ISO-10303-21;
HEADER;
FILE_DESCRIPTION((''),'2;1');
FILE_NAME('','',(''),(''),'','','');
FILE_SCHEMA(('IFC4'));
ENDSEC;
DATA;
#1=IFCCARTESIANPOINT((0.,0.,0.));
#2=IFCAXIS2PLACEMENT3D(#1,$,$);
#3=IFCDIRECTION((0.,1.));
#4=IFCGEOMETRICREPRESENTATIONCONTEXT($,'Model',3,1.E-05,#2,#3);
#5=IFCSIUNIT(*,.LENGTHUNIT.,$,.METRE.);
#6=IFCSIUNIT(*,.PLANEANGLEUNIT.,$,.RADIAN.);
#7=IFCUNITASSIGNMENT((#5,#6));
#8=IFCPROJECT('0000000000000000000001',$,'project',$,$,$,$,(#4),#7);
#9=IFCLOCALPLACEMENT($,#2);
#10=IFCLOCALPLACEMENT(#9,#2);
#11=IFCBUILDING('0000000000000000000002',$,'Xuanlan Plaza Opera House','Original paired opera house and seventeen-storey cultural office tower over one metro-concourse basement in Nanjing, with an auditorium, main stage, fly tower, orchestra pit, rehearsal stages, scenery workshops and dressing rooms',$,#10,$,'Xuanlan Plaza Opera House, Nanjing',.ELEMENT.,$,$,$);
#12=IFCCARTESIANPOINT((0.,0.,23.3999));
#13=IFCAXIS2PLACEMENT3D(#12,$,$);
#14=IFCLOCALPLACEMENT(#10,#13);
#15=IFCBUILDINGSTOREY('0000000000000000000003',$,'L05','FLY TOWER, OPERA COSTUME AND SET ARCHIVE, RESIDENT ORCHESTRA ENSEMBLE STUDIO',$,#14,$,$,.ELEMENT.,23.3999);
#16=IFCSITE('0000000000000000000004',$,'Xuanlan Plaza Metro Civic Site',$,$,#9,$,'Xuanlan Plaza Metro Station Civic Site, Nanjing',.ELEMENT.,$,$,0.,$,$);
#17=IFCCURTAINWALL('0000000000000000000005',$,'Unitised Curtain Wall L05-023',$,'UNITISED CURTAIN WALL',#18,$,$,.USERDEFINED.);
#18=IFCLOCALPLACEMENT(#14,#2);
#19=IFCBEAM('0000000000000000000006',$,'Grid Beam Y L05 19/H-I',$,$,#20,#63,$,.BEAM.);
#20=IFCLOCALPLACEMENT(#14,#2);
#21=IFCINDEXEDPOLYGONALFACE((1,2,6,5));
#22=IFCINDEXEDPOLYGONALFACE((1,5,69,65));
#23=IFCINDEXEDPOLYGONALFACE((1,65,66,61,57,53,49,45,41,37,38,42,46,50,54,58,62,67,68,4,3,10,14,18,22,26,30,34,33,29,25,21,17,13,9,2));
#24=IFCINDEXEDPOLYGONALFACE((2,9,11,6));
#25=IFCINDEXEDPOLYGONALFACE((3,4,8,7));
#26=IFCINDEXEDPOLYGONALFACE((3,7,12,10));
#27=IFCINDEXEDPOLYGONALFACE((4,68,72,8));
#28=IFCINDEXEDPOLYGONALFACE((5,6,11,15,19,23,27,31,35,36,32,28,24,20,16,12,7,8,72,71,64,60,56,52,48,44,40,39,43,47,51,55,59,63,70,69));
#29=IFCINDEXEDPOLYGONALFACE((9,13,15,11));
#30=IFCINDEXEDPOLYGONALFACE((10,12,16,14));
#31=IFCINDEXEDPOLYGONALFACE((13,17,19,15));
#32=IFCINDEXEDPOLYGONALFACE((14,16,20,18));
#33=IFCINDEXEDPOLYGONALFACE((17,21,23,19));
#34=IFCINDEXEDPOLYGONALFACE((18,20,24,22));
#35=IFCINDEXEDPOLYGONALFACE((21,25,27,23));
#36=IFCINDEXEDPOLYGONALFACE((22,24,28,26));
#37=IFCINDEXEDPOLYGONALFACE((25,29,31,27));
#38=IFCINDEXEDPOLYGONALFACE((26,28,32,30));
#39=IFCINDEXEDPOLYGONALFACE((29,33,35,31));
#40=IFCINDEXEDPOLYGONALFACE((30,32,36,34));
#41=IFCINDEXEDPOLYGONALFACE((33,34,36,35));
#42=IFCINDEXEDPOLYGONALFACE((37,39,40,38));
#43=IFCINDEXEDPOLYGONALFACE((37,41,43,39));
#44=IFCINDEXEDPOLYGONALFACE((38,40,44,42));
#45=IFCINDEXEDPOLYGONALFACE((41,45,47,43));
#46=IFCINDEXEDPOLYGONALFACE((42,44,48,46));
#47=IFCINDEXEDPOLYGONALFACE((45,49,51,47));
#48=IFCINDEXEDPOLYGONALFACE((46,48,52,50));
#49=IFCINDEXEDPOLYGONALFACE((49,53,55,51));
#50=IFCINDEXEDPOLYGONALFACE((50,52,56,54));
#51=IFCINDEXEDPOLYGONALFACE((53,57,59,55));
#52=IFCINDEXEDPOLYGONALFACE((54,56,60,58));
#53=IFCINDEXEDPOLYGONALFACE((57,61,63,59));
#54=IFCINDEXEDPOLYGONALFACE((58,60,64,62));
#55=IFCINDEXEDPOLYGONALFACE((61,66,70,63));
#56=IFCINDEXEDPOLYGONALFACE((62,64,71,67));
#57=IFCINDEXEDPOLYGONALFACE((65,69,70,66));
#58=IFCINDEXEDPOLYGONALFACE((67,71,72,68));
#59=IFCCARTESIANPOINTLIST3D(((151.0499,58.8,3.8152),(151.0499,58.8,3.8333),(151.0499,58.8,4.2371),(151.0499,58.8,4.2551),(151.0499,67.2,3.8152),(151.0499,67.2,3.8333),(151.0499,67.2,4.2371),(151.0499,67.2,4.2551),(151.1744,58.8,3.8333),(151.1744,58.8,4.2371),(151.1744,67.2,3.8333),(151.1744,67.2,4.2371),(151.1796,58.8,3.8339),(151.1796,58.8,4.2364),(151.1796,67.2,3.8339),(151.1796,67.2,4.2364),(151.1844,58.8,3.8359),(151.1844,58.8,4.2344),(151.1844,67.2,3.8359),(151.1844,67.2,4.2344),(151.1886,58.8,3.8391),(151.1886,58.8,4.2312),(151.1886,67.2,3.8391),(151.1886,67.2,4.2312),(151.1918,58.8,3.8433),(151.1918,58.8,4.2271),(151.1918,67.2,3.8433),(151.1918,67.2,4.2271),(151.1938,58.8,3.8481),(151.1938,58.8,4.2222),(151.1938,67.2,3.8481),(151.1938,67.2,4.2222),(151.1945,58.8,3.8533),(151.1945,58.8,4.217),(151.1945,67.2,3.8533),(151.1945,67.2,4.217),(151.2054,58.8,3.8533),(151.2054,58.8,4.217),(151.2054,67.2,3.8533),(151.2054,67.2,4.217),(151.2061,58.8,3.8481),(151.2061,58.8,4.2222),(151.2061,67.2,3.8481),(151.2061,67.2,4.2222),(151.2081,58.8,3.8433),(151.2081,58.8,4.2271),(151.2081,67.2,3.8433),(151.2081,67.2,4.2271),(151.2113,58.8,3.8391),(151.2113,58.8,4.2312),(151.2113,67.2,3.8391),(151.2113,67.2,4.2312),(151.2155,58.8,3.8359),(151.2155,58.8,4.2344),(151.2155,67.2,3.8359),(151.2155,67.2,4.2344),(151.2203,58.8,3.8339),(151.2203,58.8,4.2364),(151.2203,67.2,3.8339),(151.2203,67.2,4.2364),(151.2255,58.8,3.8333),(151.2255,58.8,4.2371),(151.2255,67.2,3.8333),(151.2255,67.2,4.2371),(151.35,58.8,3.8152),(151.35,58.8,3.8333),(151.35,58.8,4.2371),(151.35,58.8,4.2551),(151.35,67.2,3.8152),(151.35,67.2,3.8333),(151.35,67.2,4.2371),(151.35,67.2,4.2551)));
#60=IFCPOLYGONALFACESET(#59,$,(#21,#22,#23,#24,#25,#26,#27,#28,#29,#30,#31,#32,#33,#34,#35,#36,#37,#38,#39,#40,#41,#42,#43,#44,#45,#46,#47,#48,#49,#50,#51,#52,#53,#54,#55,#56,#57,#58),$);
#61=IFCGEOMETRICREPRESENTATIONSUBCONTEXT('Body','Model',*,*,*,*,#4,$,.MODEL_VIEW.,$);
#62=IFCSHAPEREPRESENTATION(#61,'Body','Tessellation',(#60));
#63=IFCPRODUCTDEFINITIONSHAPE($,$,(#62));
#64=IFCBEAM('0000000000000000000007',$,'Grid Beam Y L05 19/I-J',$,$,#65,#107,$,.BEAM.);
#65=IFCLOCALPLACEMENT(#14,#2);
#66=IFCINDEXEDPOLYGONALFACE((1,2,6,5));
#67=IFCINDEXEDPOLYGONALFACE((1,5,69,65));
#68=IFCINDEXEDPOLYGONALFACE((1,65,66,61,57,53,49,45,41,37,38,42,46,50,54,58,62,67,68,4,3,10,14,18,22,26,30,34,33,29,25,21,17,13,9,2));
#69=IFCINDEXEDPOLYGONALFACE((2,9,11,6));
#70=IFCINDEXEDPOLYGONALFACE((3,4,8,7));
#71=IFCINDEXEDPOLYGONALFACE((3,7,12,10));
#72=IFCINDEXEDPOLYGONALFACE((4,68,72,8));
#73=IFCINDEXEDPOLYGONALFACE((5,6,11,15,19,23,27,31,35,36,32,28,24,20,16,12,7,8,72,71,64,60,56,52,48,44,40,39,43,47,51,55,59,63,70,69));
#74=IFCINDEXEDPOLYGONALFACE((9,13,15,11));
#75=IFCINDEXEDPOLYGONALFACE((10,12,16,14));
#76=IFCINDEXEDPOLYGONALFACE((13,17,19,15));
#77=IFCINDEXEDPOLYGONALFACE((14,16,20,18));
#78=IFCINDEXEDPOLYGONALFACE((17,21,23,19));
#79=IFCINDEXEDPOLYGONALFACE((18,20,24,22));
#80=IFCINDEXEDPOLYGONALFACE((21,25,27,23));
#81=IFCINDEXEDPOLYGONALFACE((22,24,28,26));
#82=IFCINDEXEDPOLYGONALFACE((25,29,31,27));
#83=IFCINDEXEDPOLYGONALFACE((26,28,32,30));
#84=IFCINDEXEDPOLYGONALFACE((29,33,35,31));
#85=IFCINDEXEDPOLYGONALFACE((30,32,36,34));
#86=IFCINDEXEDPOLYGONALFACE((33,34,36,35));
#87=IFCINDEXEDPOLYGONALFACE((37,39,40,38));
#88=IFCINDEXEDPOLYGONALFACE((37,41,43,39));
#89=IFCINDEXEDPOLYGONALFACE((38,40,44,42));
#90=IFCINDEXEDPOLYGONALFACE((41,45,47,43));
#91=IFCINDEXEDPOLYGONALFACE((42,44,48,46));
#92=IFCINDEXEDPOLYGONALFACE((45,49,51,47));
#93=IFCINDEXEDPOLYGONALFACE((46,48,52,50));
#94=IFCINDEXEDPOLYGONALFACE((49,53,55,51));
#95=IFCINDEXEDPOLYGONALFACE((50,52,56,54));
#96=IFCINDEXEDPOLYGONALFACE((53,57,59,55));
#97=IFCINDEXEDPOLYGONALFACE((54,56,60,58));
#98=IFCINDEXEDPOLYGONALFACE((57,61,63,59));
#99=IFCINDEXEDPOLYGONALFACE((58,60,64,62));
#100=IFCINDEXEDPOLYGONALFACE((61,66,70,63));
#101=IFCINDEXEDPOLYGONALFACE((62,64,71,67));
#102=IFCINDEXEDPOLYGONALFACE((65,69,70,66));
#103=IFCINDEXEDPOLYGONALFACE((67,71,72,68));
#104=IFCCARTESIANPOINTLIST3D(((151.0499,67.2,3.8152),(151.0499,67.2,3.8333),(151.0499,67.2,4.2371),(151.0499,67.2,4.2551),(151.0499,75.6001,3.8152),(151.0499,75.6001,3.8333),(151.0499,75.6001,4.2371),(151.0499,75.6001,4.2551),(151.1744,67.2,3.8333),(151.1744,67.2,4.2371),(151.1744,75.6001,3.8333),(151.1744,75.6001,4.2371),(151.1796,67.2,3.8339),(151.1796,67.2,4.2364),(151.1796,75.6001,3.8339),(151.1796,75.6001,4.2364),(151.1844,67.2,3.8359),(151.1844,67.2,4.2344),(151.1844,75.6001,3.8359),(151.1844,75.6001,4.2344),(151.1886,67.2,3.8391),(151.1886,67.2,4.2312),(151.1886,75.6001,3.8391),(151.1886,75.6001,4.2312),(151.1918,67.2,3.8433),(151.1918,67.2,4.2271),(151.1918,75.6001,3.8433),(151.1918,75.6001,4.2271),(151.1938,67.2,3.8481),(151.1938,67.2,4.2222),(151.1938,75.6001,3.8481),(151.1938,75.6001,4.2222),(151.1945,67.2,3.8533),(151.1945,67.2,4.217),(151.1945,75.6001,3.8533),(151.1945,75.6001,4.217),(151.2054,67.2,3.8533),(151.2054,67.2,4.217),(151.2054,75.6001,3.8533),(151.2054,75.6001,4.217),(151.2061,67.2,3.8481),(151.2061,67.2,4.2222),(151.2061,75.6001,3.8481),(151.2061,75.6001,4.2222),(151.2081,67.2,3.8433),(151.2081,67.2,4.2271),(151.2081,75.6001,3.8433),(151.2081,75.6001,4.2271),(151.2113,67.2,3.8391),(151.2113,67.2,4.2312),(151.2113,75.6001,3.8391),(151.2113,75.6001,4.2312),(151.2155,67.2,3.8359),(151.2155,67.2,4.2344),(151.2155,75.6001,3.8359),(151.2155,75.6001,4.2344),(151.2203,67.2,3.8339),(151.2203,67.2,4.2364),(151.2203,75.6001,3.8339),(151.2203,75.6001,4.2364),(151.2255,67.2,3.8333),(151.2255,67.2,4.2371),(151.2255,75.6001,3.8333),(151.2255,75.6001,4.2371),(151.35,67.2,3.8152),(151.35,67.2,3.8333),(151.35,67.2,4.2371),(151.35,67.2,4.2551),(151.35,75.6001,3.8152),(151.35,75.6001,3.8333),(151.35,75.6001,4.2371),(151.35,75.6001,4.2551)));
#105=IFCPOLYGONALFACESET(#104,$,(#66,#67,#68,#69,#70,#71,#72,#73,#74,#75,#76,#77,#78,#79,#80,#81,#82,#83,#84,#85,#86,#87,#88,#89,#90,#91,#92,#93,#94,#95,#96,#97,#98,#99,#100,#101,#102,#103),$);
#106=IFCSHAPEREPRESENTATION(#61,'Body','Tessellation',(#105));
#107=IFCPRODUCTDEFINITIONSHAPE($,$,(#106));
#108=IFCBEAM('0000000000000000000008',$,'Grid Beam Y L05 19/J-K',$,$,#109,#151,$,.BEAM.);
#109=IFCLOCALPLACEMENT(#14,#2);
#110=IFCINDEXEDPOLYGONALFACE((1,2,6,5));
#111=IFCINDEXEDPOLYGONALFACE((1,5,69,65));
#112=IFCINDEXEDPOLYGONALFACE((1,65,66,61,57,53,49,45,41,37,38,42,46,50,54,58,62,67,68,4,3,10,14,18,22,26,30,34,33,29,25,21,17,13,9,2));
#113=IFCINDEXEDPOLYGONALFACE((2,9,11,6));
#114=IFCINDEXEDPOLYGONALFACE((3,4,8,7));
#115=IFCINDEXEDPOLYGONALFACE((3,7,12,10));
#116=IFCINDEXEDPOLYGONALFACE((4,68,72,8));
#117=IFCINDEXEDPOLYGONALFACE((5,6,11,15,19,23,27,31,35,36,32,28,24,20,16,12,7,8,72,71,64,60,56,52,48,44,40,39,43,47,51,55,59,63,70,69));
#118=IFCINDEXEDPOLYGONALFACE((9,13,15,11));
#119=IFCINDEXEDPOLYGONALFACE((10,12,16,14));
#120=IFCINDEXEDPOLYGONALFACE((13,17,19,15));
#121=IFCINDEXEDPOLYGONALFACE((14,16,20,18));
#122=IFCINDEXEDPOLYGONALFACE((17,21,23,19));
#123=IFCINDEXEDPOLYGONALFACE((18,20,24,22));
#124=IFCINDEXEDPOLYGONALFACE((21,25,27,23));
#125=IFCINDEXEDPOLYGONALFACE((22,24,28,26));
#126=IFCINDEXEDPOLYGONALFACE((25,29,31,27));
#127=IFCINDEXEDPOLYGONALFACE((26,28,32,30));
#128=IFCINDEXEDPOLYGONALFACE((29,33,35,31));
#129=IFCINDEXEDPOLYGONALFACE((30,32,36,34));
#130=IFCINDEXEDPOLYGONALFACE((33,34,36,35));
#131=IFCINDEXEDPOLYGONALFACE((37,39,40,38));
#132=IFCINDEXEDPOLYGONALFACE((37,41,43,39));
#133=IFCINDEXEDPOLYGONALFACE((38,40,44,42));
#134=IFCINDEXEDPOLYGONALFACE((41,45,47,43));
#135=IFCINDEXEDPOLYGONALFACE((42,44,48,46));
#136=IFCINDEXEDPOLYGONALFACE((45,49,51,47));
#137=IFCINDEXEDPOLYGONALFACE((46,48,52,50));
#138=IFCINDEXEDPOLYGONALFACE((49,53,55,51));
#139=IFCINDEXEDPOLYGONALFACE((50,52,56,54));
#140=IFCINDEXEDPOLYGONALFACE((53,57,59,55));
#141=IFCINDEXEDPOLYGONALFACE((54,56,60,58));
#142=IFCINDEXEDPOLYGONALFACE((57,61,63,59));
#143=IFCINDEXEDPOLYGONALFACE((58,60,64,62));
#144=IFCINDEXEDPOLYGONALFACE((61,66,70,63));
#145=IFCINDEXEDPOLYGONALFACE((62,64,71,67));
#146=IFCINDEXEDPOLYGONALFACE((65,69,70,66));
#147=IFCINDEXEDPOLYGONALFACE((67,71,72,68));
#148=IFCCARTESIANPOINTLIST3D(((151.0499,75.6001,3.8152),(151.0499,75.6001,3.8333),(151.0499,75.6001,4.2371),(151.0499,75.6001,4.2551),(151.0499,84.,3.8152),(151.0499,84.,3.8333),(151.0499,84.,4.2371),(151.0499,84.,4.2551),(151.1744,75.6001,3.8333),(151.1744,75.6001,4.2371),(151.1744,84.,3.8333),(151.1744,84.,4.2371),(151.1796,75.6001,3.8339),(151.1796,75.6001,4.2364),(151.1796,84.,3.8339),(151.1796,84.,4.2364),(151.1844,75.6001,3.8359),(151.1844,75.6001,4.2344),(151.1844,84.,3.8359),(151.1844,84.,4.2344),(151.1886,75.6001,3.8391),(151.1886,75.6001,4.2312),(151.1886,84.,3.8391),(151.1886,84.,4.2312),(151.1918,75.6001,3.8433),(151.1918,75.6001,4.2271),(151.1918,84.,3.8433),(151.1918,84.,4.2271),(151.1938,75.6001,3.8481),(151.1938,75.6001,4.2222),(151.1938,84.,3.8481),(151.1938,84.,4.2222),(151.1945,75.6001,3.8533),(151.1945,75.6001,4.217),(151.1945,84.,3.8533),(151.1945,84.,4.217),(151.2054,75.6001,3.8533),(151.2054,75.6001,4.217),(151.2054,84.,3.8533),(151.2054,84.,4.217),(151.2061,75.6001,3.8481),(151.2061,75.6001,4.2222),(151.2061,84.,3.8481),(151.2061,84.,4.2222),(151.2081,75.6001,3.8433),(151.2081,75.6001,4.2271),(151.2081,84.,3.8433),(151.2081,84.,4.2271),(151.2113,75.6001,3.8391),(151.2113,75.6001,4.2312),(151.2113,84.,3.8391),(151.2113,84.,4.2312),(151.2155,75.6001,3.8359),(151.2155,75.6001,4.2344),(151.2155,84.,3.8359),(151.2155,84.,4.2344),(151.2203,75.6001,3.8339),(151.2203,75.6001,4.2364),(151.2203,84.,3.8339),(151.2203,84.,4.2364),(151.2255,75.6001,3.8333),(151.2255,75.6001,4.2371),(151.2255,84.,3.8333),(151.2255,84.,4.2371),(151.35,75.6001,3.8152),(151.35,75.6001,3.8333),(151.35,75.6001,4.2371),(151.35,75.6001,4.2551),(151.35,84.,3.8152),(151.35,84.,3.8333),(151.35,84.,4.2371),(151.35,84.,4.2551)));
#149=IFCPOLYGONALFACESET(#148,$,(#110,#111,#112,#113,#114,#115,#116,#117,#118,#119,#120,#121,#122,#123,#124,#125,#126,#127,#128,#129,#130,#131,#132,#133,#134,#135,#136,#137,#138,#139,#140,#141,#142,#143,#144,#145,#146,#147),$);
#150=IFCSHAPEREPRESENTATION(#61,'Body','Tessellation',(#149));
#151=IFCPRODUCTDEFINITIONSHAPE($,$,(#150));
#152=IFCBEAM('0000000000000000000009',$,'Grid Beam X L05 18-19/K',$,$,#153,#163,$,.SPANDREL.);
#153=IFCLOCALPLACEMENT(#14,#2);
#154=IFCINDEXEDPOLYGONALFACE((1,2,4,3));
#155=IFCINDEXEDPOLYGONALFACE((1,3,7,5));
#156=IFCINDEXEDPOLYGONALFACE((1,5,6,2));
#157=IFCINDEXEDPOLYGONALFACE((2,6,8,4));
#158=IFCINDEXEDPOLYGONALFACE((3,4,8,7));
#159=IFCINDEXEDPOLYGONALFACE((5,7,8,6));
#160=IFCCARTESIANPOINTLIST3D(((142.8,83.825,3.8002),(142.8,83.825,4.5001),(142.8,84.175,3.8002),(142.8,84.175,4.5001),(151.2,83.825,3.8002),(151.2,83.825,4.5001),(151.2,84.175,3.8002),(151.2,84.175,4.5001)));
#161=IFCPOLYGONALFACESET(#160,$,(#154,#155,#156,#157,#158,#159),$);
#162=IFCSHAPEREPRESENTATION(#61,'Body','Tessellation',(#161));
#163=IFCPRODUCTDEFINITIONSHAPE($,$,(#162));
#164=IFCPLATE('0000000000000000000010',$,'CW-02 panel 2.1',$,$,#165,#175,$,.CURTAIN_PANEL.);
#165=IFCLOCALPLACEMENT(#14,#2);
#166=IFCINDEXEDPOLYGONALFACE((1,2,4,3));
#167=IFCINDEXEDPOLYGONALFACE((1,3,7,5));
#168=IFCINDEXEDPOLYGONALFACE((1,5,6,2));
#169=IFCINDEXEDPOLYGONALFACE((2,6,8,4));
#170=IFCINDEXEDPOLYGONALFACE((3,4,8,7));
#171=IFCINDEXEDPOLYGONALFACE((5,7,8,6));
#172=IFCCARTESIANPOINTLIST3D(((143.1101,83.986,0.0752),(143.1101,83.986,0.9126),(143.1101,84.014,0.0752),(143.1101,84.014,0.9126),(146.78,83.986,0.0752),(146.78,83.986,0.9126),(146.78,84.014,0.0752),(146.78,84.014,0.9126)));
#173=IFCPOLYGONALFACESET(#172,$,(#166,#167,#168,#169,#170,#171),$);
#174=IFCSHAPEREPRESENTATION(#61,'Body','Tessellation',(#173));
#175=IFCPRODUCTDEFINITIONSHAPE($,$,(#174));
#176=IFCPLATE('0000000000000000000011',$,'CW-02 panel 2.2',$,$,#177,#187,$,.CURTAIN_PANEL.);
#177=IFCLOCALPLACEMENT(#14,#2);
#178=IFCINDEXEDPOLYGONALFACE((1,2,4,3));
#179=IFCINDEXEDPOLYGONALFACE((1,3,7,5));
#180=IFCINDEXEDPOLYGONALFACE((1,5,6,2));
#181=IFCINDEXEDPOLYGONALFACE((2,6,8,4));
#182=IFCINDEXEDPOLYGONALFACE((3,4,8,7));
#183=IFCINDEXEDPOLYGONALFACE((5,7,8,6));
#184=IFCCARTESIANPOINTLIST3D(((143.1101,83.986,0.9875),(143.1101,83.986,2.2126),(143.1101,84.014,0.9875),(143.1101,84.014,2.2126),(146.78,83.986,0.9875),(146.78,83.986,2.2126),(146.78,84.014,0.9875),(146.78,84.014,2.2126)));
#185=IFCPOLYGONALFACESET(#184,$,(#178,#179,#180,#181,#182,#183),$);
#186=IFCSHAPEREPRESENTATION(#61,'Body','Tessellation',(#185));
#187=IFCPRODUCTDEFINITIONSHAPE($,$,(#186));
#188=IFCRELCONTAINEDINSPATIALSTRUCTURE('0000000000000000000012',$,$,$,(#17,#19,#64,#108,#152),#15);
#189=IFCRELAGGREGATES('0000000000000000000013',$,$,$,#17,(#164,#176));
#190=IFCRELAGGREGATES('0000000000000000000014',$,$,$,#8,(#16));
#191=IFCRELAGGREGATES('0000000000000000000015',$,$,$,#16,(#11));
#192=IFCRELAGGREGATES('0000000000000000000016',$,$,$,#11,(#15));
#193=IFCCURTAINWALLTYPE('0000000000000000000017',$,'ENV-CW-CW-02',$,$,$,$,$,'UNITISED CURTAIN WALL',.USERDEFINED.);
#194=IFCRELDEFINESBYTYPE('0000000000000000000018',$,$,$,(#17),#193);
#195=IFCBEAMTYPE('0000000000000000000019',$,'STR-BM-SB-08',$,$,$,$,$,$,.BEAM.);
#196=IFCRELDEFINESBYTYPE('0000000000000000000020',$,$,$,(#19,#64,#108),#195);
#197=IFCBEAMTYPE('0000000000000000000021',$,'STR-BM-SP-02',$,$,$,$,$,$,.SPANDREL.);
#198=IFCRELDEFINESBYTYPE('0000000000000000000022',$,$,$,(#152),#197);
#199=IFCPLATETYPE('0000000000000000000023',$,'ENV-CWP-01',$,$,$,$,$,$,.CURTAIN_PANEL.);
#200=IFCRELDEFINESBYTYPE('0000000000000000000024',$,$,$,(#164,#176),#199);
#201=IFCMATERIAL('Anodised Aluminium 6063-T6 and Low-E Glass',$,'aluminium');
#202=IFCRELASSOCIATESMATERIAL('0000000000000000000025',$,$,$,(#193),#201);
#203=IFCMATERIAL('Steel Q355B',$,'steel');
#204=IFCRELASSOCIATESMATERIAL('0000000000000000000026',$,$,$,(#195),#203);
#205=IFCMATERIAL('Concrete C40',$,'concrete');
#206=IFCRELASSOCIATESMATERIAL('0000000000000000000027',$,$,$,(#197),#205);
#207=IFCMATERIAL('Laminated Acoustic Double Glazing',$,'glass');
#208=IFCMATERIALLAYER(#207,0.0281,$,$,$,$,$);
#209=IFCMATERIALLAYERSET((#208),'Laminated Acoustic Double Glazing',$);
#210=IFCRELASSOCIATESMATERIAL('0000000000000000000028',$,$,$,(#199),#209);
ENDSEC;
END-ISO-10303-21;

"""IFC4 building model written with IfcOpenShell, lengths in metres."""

from ifc_helpers import new_model, si_unit, direction, frame, origin, origin_2d, place, context, subcontext, project, spatial, rectangle, i_section, extrude, material, layer, layer_set, material_profile, profile_set, type_object, element, aggregate, save


model = new_model("IFC4")

# Units and contexts
model_context = context("Model", 3, precision=1e-05, world=origin(), true_north=direction((0.0, 1.0)))
body_context = subcontext(model_context, "Body", "Model", "MODEL_VIEW")
ifc_project = project(units=[si_unit("LENGTHUNIT", "METRE"), si_unit("PLANEANGLEUNIT", "RADIAN")], contexts=[model_context])

# Site, building, storey
site_placement = place(None, origin())
site = spatial("IfcSite", under=ifc_project, at=site_placement, Name="Xuanlan Plaza Metro Civic Site", LongName="Xuanlan Plaza Metro Station Civic Site, Nanjing", CompositionType="ELEMENT", RefElevation=0.0)
building_placement = place(site_placement, origin())
building = spatial("IfcBuilding", under=site, at=building_placement, Name="Xuanlan Plaza Opera House", Description="Original paired opera house and seventeen-storey cultural office tower over one metro-concourse basement in Nanjing, with an auditorium, main stage, fly tower, orchestra pit, rehearsal stages, scenery workshops and dressing rooms", LongName="Xuanlan Plaza Opera House, Nanjing", CompositionType="ELEMENT")
storey_placement = place(building_placement, frame((0.0, 0.0, 23.3999)))
storey = spatial("IfcBuildingStorey", under=building, at=storey_placement, Name="L05", Description="FLY TOWER, OPERA COSTUME AND SET ARCHIVE, RESIDENT ORCHESTRA ENSEMBLE STUDIO", CompositionType="ELEMENT", Elevation=23.3999)

# Shared definitions
ifc_material_1 = material(Name="Steel Q355B", Category="steel")

# Curtain wall
ifc_material_2 = material(Name="Anodised Aluminium 6063-T6 and Low-E Glass", Category="aluminium")
curtain_wall_type = type_object("IfcCurtainWallType", Name="ENV-CW-CW-02", ElementType="UNITISED CURTAIN WALL", PredefinedType="USERDEFINED", material=ifc_material_2)
curtain_wall_placement = place(storey_placement, origin())
curtain_wall = element("IfcCurtainWall", 1, at=curtain_wall_placement, inside=storey, type_object=curtain_wall_type, Name="Unitised Curtain Wall L05-023", ObjectType="UNITISED CURTAIN WALL", PredefinedType="USERDEFINED")

# Beams
ifc_material_3 = material(Name="Concrete C40", Category="concrete")
ifc_material_profile_1 = material_profile(ifc_material_1, i_section(OverallWidth=0.3, OverallDepth=0.4399, WebThickness=0.011, FlangeThickness=0.0181, FilletRadius=0.02, at=origin_2d()), Name="HM 440x300x11x18")
ifc_profile_set_1 = profile_set([ifc_material_profile_1], Name="Steel Q355B")
beam_type_1 = type_object("IfcBeamType", Name="STR-BM-SB-08", PredefinedType="BEAM", material=ifc_profile_set_1)
beam_1_placement = place(storey_placement, frame((151.2, 58.8, 4.0352), z_axis=(0.0, 1.0, 0.0), x_axis=(-1.0, 0.0, 0.0)))
element("IfcBeam", 2, at=beam_1_placement, inside=storey, type_object=beam_type_1, Name="Grid Beam Y L05 19/H-I", PredefinedType="BEAM", context=body_context, shape_type="SweptSolid", body=[
    extrude(i_section(OverallWidth=0.3, OverallDepth=0.4399, WebThickness=0.011, FlangeThickness=0.0181, FilletRadius=0.02, at=origin_2d()), origin(), (0.0, 0.0, 1.0), 8.3999),
])
beam_2_placement = place(storey_placement, frame((151.2, 67.2, 4.0352), z_axis=(0.0, 1.0, 0.0), x_axis=(-1.0, 0.0, 0.0)))
element("IfcBeam", 3, at=beam_2_placement, inside=storey, type_object=beam_type_1, Name="Grid Beam Y L05 19/I-J", PredefinedType="BEAM", context=body_context, shape_type="SweptSolid", body=[
    extrude(i_section(OverallWidth=0.3, OverallDepth=0.4399, WebThickness=0.011, FlangeThickness=0.0181, FilletRadius=0.02, at=origin_2d()), origin(), (0.0, 0.0, 1.0), 8.4001),
])
beam_3_placement = place(storey_placement, frame((151.2, 75.6001, 4.0352), z_axis=(0.0, 1.0, 0.0), x_axis=(-1.0, 0.0, 0.0)))
element("IfcBeam", 4, at=beam_3_placement, inside=storey, type_object=beam_type_1, Name="Grid Beam Y L05 19/J-K", PredefinedType="BEAM", context=body_context, shape_type="SweptSolid", body=[
    extrude(i_section(OverallWidth=0.3, OverallDepth=0.4399, WebThickness=0.011, FlangeThickness=0.0181, FilletRadius=0.02, at=origin_2d()), origin(), (0.0, 0.0, 1.0), 8.3999),
])
ifc_material_profile_2 = material_profile(ifc_material_3, rectangle(XDim=0.3501, YDim=0.7, at=origin_2d()), Name="RC-SPD 350x700")
ifc_profile_set_2 = profile_set([ifc_material_profile_2], Name="Concrete C40")
beam_type_2 = type_object("IfcBeamType", Name="STR-BM-SP-02", PredefinedType="SPANDREL", material=ifc_profile_set_2)
beam_4_placement = place(storey_placement, frame((142.8, 84.0, 4.1501), z_axis=(1.0, 0.0, 0.0), x_axis=(0.0, 1.0, 0.0)))
element("IfcBeam", 5, at=beam_4_placement, inside=storey, type_object=beam_type_2, Name="Grid Beam X L05 18-19/K", PredefinedType="SPANDREL", context=body_context, shape_type="SweptSolid", body=[
    extrude(rectangle(XDim=0.3501, YDim=0.7, at=origin_2d()), origin(), (0.0, 0.0, 1.0), 8.3999),
])

# Plates
ifc_material_4 = material(Name="Laminated Acoustic Double Glazing", Category="glass")
ifc_layer_1 = layer(ifc_material_4, 0.0281)
ifc_layer_set_1 = layer_set([ifc_layer_1], Name="Laminated Acoustic Double Glazing")
plate_type = type_object("IfcPlateType", Name="ENV-CWP-01", PredefinedType="CURTAIN_PANEL", material=ifc_layer_set_1)
plate_1_placement = place(storey_placement, frame((144.9451, 84.0, 0.0752), z_axis=(0.0, 0.0, 1.0), x_axis=(-1.0, 0.0, 0.0)))
plate_1 = element("IfcPlate", 6, at=plate_1_placement, type_object=plate_type, Name="CW-02 panel 2.1", PredefinedType="CURTAIN_PANEL", context=body_context, shape_type="SweptSolid", body=[
    extrude(rectangle(XDim=3.6699, YDim=0.0281, at=origin_2d()), origin(), (0.0, 0.0, 1.0), 0.8374),
])
plate_2_placement = place(storey_placement, frame((144.9451, 84.0, 0.9875), z_axis=(0.0, 0.0, 1.0), x_axis=(-1.0, 0.0, 0.0)))
plate_2 = element("IfcPlate", 7, at=plate_2_placement, type_object=plate_type, Name="CW-02 panel 2.2", PredefinedType="CURTAIN_PANEL", context=body_context, shape_type="SweptSolid", body=[
    extrude(rectangle(XDim=3.6699, YDim=0.0281, at=origin_2d()), origin(), (0.0, 0.0, 1.0), 1.2251),
])
aggregate(curtain_wall, [plate_1, plate_2])

save(model, "model.ifc")
